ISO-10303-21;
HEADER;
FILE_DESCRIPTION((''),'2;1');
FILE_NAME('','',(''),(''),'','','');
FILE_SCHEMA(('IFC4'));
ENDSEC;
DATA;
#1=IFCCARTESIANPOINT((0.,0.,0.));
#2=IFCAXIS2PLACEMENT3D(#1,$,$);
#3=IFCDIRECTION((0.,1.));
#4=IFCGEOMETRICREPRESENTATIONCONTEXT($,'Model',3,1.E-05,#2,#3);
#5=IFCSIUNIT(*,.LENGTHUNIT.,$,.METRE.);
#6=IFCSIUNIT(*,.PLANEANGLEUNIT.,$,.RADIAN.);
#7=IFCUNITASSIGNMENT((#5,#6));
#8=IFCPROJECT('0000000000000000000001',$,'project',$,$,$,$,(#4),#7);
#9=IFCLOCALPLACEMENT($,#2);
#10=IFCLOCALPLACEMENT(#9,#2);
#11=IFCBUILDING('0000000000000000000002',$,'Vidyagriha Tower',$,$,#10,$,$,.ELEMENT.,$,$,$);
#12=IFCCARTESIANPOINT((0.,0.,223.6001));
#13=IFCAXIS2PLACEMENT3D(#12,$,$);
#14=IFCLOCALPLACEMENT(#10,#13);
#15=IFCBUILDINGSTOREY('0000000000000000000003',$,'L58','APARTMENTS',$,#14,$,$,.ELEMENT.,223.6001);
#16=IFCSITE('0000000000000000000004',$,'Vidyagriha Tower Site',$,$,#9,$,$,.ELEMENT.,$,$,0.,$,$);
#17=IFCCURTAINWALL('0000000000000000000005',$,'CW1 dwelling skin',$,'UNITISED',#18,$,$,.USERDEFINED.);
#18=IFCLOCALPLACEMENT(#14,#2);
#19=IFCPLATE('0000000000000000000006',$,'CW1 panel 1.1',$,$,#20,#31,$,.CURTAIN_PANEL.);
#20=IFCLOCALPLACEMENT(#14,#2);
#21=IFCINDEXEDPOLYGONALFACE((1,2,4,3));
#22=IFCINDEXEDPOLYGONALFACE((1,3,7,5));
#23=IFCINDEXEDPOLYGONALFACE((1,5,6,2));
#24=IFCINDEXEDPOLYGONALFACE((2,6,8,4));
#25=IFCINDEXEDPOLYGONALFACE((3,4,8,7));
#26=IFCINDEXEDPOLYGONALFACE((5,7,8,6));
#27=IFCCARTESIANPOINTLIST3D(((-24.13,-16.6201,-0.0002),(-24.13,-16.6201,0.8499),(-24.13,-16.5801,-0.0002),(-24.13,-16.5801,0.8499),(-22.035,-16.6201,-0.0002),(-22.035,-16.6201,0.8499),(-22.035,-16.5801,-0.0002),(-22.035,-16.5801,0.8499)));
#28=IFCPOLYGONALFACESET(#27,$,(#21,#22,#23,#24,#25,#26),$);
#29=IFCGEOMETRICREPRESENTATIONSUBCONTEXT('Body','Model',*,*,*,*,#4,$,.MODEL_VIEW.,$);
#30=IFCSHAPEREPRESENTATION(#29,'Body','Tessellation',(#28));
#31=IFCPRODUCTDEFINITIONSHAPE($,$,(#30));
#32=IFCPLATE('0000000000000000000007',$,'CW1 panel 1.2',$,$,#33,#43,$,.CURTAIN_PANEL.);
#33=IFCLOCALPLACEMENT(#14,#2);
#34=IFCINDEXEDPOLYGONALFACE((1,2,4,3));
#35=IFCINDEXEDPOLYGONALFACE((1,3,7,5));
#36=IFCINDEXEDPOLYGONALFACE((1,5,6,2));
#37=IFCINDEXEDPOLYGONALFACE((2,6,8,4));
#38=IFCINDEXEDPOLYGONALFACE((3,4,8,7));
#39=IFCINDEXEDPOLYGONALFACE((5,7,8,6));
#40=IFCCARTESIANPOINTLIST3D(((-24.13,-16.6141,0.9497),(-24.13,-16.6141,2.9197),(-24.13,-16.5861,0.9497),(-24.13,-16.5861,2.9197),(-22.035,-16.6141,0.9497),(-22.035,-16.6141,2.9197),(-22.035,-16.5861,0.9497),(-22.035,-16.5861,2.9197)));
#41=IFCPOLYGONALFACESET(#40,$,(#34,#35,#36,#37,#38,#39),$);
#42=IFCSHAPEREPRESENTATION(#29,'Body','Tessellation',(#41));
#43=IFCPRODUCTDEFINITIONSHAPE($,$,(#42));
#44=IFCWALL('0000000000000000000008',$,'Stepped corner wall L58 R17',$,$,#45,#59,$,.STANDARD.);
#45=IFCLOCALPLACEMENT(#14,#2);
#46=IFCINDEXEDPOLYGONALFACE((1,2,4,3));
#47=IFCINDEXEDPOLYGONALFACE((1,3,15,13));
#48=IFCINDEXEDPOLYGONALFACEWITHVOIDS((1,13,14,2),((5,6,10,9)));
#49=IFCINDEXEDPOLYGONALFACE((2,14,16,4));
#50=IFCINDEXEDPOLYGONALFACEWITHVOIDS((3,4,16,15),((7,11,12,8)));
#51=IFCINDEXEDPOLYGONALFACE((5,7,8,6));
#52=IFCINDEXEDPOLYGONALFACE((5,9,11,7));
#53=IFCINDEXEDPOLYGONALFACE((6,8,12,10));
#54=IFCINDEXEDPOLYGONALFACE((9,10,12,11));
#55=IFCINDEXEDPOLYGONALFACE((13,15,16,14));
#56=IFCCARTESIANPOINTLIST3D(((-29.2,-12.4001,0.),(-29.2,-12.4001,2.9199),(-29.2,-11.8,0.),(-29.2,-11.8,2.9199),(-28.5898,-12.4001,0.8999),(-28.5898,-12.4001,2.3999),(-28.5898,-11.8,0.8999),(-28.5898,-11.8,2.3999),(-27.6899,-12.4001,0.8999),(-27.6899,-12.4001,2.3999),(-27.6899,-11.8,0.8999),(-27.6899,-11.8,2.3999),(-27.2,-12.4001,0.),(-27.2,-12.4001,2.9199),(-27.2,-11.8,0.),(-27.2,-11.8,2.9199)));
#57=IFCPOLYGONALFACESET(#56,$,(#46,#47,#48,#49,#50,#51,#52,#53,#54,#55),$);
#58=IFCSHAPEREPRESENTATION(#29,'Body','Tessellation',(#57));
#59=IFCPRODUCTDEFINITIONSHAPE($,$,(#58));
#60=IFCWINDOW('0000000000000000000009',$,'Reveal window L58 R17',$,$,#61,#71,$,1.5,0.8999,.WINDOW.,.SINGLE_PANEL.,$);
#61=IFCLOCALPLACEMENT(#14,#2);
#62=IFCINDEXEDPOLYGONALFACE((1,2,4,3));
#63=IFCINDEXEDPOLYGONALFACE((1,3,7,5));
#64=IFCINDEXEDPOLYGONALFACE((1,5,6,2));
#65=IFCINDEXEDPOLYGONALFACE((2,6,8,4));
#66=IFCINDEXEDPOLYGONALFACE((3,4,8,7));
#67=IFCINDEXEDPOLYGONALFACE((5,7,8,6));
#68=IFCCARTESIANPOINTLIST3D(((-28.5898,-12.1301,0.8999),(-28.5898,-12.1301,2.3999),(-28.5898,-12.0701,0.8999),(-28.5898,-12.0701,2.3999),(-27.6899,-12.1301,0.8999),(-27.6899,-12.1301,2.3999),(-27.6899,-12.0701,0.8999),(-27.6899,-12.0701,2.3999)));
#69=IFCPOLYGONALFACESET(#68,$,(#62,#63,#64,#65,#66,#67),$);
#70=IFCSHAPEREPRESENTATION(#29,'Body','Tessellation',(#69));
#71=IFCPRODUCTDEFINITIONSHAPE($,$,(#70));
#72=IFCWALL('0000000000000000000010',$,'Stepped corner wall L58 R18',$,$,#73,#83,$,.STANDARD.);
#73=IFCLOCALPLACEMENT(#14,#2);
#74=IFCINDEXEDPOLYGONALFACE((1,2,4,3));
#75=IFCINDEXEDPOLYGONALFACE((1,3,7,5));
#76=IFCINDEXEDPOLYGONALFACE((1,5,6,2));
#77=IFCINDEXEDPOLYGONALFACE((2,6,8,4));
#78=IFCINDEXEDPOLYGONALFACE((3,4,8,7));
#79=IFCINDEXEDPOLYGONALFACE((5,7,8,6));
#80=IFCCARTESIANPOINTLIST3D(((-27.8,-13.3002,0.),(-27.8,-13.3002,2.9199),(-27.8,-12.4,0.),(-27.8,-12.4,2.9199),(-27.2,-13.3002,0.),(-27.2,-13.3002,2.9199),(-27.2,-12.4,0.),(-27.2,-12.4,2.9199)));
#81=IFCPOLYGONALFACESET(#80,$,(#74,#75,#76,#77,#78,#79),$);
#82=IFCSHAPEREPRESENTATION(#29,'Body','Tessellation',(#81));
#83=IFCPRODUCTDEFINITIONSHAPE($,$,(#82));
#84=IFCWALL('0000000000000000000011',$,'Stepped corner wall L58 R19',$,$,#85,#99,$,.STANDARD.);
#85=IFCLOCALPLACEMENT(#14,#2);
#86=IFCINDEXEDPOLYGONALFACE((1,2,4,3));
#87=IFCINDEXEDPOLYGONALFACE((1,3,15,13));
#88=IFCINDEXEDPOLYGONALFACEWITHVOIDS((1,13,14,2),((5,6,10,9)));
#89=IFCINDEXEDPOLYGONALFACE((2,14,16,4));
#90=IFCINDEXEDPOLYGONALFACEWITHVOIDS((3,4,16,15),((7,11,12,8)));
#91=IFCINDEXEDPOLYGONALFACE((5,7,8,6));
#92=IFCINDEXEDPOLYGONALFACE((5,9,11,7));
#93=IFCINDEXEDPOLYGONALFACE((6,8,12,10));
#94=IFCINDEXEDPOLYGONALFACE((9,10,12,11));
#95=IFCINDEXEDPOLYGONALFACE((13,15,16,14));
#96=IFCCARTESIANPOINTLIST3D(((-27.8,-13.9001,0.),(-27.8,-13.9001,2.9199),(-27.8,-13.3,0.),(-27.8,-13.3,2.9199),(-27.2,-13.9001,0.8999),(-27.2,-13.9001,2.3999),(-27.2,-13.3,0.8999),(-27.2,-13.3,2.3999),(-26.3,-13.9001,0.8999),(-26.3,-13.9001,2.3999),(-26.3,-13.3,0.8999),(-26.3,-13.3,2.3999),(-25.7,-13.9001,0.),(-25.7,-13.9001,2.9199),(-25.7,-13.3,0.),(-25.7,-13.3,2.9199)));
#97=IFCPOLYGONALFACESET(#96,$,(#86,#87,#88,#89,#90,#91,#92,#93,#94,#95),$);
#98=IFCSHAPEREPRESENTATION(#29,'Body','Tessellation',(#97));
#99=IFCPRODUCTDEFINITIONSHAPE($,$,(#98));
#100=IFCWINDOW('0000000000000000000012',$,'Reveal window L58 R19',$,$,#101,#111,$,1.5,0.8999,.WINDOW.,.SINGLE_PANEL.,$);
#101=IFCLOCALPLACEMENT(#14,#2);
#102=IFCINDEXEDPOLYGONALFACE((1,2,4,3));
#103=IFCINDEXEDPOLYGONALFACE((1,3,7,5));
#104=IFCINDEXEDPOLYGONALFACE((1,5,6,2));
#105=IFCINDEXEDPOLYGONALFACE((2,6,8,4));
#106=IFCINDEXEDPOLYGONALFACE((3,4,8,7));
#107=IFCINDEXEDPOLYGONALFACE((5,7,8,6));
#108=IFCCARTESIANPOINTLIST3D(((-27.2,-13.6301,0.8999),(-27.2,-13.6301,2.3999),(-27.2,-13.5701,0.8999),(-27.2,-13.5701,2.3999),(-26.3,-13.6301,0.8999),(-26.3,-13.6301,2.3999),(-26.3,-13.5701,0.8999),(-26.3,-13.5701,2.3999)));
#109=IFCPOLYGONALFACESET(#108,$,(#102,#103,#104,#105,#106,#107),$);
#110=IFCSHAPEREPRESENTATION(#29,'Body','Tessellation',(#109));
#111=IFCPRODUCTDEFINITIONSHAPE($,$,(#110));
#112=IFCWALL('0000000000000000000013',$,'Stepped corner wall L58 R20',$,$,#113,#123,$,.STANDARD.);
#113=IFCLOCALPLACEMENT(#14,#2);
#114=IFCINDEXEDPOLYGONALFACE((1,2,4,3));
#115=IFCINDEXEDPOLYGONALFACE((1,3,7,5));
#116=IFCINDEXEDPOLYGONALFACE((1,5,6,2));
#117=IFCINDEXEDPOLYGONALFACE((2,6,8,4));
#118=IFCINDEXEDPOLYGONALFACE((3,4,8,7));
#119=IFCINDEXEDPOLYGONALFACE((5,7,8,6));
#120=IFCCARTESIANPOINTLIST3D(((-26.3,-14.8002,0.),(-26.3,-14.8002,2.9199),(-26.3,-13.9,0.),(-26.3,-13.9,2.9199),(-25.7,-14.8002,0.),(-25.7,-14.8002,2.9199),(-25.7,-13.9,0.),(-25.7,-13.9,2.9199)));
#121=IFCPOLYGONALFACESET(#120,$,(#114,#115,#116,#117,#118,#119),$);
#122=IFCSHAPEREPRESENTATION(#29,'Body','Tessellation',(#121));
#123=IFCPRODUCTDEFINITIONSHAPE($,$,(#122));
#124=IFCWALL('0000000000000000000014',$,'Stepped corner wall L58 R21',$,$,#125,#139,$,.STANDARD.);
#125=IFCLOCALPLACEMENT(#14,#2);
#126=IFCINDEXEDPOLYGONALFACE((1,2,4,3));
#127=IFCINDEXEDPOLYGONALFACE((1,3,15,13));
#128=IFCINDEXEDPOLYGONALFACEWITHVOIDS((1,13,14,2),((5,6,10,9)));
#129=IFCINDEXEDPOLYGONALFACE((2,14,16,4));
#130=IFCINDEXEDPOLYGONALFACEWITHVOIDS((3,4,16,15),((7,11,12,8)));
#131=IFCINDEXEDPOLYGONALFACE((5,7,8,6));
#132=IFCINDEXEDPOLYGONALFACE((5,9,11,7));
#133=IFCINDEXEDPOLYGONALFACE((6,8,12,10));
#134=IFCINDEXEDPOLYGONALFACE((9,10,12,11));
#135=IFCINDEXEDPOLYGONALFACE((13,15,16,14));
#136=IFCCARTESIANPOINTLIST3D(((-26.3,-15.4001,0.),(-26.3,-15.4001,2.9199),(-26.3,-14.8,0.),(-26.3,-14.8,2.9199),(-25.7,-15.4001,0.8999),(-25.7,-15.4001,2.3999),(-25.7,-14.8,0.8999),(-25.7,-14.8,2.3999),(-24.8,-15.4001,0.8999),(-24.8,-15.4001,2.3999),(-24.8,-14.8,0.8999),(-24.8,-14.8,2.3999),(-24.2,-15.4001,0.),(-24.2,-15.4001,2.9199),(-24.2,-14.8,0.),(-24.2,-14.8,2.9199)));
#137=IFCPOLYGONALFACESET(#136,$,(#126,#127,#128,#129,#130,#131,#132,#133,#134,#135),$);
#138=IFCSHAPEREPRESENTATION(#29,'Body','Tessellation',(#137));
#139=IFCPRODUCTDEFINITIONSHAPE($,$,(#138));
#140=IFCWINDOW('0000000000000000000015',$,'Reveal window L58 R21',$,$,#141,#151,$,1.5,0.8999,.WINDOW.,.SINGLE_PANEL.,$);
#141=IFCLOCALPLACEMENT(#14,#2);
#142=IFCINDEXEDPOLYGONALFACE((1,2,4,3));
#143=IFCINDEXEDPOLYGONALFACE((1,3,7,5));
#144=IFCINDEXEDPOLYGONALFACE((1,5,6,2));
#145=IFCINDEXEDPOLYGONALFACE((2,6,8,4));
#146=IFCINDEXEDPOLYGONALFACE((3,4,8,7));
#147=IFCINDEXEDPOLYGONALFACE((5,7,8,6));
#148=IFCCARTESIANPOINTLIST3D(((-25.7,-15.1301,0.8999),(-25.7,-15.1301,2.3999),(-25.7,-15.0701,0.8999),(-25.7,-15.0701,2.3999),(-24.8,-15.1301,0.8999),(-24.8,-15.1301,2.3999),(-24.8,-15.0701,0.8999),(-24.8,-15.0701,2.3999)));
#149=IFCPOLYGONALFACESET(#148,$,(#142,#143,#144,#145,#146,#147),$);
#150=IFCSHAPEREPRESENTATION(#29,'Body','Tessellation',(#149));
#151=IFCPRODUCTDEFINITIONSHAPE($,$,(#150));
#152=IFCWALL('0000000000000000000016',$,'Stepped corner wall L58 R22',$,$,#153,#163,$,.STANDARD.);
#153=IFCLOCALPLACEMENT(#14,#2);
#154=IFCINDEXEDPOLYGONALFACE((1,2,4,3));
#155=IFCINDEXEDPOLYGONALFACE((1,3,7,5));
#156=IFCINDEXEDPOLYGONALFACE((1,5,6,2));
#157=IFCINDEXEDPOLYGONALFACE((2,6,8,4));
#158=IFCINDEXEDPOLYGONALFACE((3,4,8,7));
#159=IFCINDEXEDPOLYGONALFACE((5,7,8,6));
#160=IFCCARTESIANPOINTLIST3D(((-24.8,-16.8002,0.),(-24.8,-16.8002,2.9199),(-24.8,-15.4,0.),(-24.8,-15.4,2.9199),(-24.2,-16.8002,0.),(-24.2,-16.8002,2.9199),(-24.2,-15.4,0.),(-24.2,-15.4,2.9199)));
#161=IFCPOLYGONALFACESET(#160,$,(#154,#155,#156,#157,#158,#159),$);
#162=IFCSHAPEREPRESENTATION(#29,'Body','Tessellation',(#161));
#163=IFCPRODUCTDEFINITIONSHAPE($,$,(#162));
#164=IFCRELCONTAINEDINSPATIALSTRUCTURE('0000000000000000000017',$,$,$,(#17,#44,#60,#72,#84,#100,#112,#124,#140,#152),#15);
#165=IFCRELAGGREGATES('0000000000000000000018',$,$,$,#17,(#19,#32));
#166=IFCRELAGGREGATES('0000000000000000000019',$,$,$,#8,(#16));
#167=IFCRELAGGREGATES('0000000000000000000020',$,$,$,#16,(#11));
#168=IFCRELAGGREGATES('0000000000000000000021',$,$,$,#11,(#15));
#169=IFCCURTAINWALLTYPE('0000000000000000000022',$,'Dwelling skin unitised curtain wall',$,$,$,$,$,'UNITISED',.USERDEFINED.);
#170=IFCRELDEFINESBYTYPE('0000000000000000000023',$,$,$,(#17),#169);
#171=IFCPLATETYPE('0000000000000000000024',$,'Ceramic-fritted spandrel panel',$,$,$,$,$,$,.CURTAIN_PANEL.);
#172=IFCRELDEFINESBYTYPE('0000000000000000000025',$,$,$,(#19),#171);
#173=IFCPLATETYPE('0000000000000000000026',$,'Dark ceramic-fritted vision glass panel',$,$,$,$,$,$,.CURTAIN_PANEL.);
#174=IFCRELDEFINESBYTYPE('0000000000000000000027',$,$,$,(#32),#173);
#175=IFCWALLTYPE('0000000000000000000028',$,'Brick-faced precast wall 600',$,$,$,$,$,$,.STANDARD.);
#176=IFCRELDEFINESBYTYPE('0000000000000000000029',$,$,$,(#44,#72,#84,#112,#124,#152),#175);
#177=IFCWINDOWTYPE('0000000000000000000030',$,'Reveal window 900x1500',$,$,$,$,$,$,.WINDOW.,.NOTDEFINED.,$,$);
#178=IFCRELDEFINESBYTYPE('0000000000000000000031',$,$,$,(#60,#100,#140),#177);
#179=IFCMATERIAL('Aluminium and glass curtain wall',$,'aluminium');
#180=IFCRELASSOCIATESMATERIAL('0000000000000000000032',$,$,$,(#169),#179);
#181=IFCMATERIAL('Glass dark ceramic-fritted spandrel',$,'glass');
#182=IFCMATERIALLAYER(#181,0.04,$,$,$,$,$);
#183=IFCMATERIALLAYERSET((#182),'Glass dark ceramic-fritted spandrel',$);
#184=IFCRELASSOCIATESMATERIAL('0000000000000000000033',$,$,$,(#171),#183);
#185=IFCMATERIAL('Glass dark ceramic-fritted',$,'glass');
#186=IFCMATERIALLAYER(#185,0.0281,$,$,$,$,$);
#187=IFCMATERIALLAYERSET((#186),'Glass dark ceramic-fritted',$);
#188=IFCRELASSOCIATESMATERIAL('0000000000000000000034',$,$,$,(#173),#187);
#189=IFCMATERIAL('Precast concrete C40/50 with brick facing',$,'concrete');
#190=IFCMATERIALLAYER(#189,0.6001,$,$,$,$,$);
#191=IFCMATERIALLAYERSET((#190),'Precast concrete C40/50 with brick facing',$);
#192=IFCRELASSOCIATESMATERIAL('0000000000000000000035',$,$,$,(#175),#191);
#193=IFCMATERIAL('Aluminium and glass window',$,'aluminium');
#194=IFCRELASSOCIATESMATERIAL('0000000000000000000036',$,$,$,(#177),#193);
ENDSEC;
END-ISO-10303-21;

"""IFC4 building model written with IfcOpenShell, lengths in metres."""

from ifc_helpers import new_model, si_unit, direction, frame, frame_2d, origin, origin_2d, place, context, subcontext, project, spatial, rectangle, extrude, material, layer, layer_set, type_object, element, fill, aggregate, save


model = new_model("IFC4")

# Units and contexts
model_context = context("Model", 3, precision=1e-05, world=origin(), true_north=direction((0.0, 1.0)))
body_context = subcontext(model_context, "Body", "Model", "MODEL_VIEW")
ifc_project = project(units=[si_unit("LENGTHUNIT", "METRE"), si_unit("PLANEANGLEUNIT", "RADIAN")], contexts=[model_context])

# Site, building, storey
site_placement = place(None, origin())
site = spatial("IfcSite", under=ifc_project, at=site_placement, Name="Vidyagriha Tower Site", CompositionType="ELEMENT", RefElevation=0.0)
building_placement = place(site_placement, origin())
building = spatial("IfcBuilding", under=site, at=building_placement, Name="Vidyagriha Tower", CompositionType="ELEMENT")
storey_placement = place(building_placement, frame((0.0, 0.0, 223.6001)))
storey = spatial("IfcBuildingStorey", under=building, at=storey_placement, Name="L58", Description="APARTMENTS", CompositionType="ELEMENT", Elevation=223.6001)

# Shared definitions
ifc_material_1 = material(Name="Aluminium and glass curtain wall", Category="aluminium")
curtain_wall_type = type_object("IfcCurtainWallType", Name="Dwelling skin unitised curtain wall", ElementType="UNITISED", PredefinedType="USERDEFINED", material=ifc_material_1)

# Curtain wall, plates
curtain_wall_1_placement = place(storey_placement, origin())
curtain_wall_1 = element("IfcCurtainWall", 1, at=curtain_wall_1_placement, inside=storey, type_object=curtain_wall_type, Name="CW1 dwelling skin", ObjectType="UNITISED", PredefinedType="USERDEFINED")
ifc_material_2 = material(Name="Glass dark ceramic-fritted spandrel", Category="glass")
ifc_layer_1 = layer(ifc_material_2, 0.04)
ifc_layer_set_1 = layer_set([ifc_layer_1], Name="Glass dark ceramic-fritted spandrel")
plate_type_1 = type_object("IfcPlateType", Name="Ceramic-fritted spandrel panel", PredefinedType="CURTAIN_PANEL", material=ifc_layer_set_1)
plate_1_placement = place(storey_placement, frame((-23.0825, -16.6001, -0.0002)))
plate_1 = element("IfcPlate", 2, at=plate_1_placement, type_object=plate_type_1, Name="CW1 panel 1.1", PredefinedType="CURTAIN_PANEL", context=body_context, shape_type="SweptSolid", body=[
    extrude(rectangle(XDim=2.095, YDim=0.04, at=origin_2d()), origin(), (0.0, 0.0, 1.0), 0.8501),
])
ifc_material_3 = material(Name="Glass dark ceramic-fritted", Category="glass")
ifc_layer_2 = layer(ifc_material_3, 0.0281)
ifc_layer_set_2 = layer_set([ifc_layer_2], Name="Glass dark ceramic-fritted")
plate_type_2 = type_object("IfcPlateType", Name="Dark ceramic-fritted vision glass panel", PredefinedType="CURTAIN_PANEL", material=ifc_layer_set_2)
plate_2_placement = place(storey_placement, frame((-23.0825, -16.6001, 0.9497)))
plate_2 = element("IfcPlate", 3, at=plate_2_placement, type_object=plate_type_2, Name="CW1 panel 1.2", PredefinedType="CURTAIN_PANEL", context=body_context, shape_type="SweptSolid", body=[
    extrude(rectangle(XDim=2.095, YDim=0.0281, at=origin_2d()), origin(), (0.0, 0.0, 1.0), 1.97),
])
aggregate(curtain_wall_1, [plate_1, plate_2])

# Wall, opening, window
ifc_material_4 = material(Name="Precast concrete C40/50 with brick facing", Category="concrete")
ifc_layer_3 = layer(ifc_material_4, 0.6001)
ifc_layer_set_3 = layer_set([ifc_layer_3], Name="Precast concrete C40/50 with brick facing")
wall_type = type_object("IfcWallType", Name="Brick-faced precast wall 600", PredefinedType="STANDARD", material=ifc_layer_set_3)
wall_1_placement = place(storey_placement, frame((-29.2, -12.1001, 0.0)))
wall_1 = element("IfcWall", 4, at=wall_1_placement, inside=storey, type_object=wall_type, Name="Stepped corner wall L58 R17", PredefinedType="STANDARD", context=body_context, shape_type="SweptSolid", body=[
    extrude(rectangle(XDim=2.0, YDim=0.6001, at=frame_2d((1.0, 0.0))), origin(), (0.0, 0.0, 1.0), 2.9199),
])
opening_1_placement = place(wall_1_placement, frame((0.6101, 0.0, 0.8999)))
opening_1 = element("IfcOpeningElement", 5, at=opening_1_placement, cuts=wall_1, PredefinedType="OPENING", context=body_context, shape_type="SweptSolid", body=[
    extrude(rectangle(XDim=0.8999, YDim=1.5, at=frame_2d((0.45, 0.75))), frame((0.0, 0.3101, 0.0), z_axis=(0.0, -1.0, 0.0), x_axis=(1.0, 0.0, 0.0)), (0.0, 0.0, 1.0), 0.6201),
])
ifc_material_5 = material(Name="Aluminium and glass window", Category="aluminium")
window_type = type_object("IfcWindowType", Name="Reveal window 900x1500", PartitioningType="NOTDEFINED", PredefinedType="WINDOW", material=ifc_material_5)
window_1_placement = place(opening_1_placement, origin())
window_1 = element("IfcWindow", 6, at=window_1_placement, inside=storey, type_object=window_type, Name="Reveal window L58 R17", OverallHeight=1.5, OverallWidth=0.8999, PartitioningType="SINGLE_PANEL", PredefinedType="WINDOW", context=body_context, shape_type="SweptSolid", body=[
    extrude(rectangle(XDim=0.8999, YDim=1.5, at=frame_2d((0.45, 0.75))), frame((0.0, 0.03, 0.0), z_axis=(0.0, -1.0, 0.0), x_axis=(1.0, 0.0, 0.0)), (0.0, 0.0, 1.0), 0.0601),
])
fill(opening_1, window_1)

# Wall
wall_2_placement = place(storey_placement, frame((-27.5, -12.3999, 0.0), z_axis=(0.0, 0.0, 1.0), x_axis=(0.0, -1.0, 0.0)))
element("IfcWall", 7, at=wall_2_placement, inside=storey, type_object=wall_type, Name="Stepped corner wall L58 R18", PredefinedType="STANDARD", context=body_context, shape_type="SweptSolid", body=[
    extrude(rectangle(XDim=0.9001, YDim=0.6001, at=frame_2d((0.4502, 0.0))), origin(), (0.0, 0.0, 1.0), 2.9199),
])

# Wall, opening, window
wall_3_placement = place(storey_placement, frame((-27.8, -13.6001, 0.0)))
wall_3 = element("IfcWall", 8, at=wall_3_placement, inside=storey, type_object=wall_type, Name="Stepped corner wall L58 R19", PredefinedType="STANDARD", context=body_context, shape_type="SweptSolid", body=[
    extrude(rectangle(XDim=2.1001, YDim=0.6001, at=frame_2d((1.05, 0.0))), origin(), (0.0, 0.0, 1.0), 2.9199),
])
opening_2_placement = place(wall_3_placement, frame((0.6001, 0.0, 0.8999)))
opening_2 = element("IfcOpeningElement", 9, at=opening_2_placement, cuts=wall_3, PredefinedType="OPENING", context=body_context, shape_type="SweptSolid", body=[
    extrude(rectangle(XDim=0.8999, YDim=1.5, at=frame_2d((0.45, 0.75))), frame((0.0, 0.3101, 0.0), z_axis=(0.0, -1.0, 0.0), x_axis=(1.0, 0.0, 0.0)), (0.0, 0.0, 1.0), 0.6201),
])
window_2_placement = place(opening_2_placement, origin())
window_2 = element("IfcWindow", 10, at=window_2_placement, inside=storey, type_object=window_type, Name="Reveal window L58 R19", OverallHeight=1.5, OverallWidth=0.8999, PartitioningType="SINGLE_PANEL", PredefinedType="WINDOW", context=body_context, shape_type="SweptSolid", body=[
    extrude(rectangle(XDim=0.8999, YDim=1.5, at=frame_2d((0.45, 0.75))), frame((0.0, 0.03, 0.0), z_axis=(0.0, -1.0, 0.0), x_axis=(1.0, 0.0, 0.0)), (0.0, 0.0, 1.0), 0.0601),
])
fill(opening_2, window_2)

# Wall
wall_4_placement = place(storey_placement, frame((-26.0, -13.8999, 0.0), z_axis=(0.0, 0.0, 1.0), x_axis=(0.0, -1.0, 0.0)))
element("IfcWall", 11, at=wall_4_placement, inside=storey, type_object=wall_type, Name="Stepped corner wall L58 R20", PredefinedType="STANDARD", context=body_context, shape_type="SweptSolid", body=[
    extrude(rectangle(XDim=0.9001, YDim=0.6001, at=frame_2d((0.4502, 0.0))), origin(), (0.0, 0.0, 1.0), 2.9199),
])

# Wall, opening, window
wall_5_placement = place(storey_placement, frame((-26.3, -15.1001, 0.0)))
wall_5 = element("IfcWall", 12, at=wall_5_placement, inside=storey, type_object=wall_type, Name="Stepped corner wall L58 R21", PredefinedType="STANDARD", context=body_context, shape_type="SweptSolid", body=[
    extrude(rectangle(XDim=2.1001, YDim=0.6001, at=frame_2d((1.05, 0.0))), origin(), (0.0, 0.0, 1.0), 2.9199),
])
opening_3_placement = place(wall_5_placement, frame((0.6001, 0.0, 0.8999)))
opening_3 = element("IfcOpeningElement", 13, at=opening_3_placement, cuts=wall_5, PredefinedType="OPENING", context=body_context, shape_type="SweptSolid", body=[
    extrude(rectangle(XDim=0.8999, YDim=1.5, at=frame_2d((0.45, 0.75))), frame((0.0, 0.3101, 0.0), z_axis=(0.0, -1.0, 0.0), x_axis=(1.0, 0.0, 0.0)), (0.0, 0.0, 1.0), 0.6201),
])
window_3_placement = place(opening_3_placement, origin())
window_3 = element("IfcWindow", 14, at=window_3_placement, inside=storey, type_object=window_type, Name="Reveal window L58 R21", OverallHeight=1.5, OverallWidth=0.8999, PartitioningType="SINGLE_PANEL", PredefinedType="WINDOW", context=body_context, shape_type="SweptSolid", body=[
    extrude(rectangle(XDim=0.8999, YDim=1.5, at=frame_2d((0.45, 0.75))), frame((0.0, 0.03, 0.0), z_axis=(0.0, -1.0, 0.0), x_axis=(1.0, 0.0, 0.0)), (0.0, 0.0, 1.0), 0.0601),
])
fill(opening_3, window_3)

# Wall
wall_6_placement = place(storey_placement, frame((-24.5, -15.3999, 0.0), z_axis=(0.0, 0.0, 1.0), x_axis=(0.0, -1.0, 0.0)))
element("IfcWall", 15, at=wall_6_placement, inside=storey, type_object=wall_type, Name="Stepped corner wall L58 R22", PredefinedType="STANDARD", context=body_context, shape_type="SweptSolid", body=[
    extrude(rectangle(XDim=1.4001, YDim=0.6001, at=frame_2d((0.7002, 0.0))), origin(), (0.0, 0.0, 1.0), 2.9199),
])

save(model, "model.ifc")
